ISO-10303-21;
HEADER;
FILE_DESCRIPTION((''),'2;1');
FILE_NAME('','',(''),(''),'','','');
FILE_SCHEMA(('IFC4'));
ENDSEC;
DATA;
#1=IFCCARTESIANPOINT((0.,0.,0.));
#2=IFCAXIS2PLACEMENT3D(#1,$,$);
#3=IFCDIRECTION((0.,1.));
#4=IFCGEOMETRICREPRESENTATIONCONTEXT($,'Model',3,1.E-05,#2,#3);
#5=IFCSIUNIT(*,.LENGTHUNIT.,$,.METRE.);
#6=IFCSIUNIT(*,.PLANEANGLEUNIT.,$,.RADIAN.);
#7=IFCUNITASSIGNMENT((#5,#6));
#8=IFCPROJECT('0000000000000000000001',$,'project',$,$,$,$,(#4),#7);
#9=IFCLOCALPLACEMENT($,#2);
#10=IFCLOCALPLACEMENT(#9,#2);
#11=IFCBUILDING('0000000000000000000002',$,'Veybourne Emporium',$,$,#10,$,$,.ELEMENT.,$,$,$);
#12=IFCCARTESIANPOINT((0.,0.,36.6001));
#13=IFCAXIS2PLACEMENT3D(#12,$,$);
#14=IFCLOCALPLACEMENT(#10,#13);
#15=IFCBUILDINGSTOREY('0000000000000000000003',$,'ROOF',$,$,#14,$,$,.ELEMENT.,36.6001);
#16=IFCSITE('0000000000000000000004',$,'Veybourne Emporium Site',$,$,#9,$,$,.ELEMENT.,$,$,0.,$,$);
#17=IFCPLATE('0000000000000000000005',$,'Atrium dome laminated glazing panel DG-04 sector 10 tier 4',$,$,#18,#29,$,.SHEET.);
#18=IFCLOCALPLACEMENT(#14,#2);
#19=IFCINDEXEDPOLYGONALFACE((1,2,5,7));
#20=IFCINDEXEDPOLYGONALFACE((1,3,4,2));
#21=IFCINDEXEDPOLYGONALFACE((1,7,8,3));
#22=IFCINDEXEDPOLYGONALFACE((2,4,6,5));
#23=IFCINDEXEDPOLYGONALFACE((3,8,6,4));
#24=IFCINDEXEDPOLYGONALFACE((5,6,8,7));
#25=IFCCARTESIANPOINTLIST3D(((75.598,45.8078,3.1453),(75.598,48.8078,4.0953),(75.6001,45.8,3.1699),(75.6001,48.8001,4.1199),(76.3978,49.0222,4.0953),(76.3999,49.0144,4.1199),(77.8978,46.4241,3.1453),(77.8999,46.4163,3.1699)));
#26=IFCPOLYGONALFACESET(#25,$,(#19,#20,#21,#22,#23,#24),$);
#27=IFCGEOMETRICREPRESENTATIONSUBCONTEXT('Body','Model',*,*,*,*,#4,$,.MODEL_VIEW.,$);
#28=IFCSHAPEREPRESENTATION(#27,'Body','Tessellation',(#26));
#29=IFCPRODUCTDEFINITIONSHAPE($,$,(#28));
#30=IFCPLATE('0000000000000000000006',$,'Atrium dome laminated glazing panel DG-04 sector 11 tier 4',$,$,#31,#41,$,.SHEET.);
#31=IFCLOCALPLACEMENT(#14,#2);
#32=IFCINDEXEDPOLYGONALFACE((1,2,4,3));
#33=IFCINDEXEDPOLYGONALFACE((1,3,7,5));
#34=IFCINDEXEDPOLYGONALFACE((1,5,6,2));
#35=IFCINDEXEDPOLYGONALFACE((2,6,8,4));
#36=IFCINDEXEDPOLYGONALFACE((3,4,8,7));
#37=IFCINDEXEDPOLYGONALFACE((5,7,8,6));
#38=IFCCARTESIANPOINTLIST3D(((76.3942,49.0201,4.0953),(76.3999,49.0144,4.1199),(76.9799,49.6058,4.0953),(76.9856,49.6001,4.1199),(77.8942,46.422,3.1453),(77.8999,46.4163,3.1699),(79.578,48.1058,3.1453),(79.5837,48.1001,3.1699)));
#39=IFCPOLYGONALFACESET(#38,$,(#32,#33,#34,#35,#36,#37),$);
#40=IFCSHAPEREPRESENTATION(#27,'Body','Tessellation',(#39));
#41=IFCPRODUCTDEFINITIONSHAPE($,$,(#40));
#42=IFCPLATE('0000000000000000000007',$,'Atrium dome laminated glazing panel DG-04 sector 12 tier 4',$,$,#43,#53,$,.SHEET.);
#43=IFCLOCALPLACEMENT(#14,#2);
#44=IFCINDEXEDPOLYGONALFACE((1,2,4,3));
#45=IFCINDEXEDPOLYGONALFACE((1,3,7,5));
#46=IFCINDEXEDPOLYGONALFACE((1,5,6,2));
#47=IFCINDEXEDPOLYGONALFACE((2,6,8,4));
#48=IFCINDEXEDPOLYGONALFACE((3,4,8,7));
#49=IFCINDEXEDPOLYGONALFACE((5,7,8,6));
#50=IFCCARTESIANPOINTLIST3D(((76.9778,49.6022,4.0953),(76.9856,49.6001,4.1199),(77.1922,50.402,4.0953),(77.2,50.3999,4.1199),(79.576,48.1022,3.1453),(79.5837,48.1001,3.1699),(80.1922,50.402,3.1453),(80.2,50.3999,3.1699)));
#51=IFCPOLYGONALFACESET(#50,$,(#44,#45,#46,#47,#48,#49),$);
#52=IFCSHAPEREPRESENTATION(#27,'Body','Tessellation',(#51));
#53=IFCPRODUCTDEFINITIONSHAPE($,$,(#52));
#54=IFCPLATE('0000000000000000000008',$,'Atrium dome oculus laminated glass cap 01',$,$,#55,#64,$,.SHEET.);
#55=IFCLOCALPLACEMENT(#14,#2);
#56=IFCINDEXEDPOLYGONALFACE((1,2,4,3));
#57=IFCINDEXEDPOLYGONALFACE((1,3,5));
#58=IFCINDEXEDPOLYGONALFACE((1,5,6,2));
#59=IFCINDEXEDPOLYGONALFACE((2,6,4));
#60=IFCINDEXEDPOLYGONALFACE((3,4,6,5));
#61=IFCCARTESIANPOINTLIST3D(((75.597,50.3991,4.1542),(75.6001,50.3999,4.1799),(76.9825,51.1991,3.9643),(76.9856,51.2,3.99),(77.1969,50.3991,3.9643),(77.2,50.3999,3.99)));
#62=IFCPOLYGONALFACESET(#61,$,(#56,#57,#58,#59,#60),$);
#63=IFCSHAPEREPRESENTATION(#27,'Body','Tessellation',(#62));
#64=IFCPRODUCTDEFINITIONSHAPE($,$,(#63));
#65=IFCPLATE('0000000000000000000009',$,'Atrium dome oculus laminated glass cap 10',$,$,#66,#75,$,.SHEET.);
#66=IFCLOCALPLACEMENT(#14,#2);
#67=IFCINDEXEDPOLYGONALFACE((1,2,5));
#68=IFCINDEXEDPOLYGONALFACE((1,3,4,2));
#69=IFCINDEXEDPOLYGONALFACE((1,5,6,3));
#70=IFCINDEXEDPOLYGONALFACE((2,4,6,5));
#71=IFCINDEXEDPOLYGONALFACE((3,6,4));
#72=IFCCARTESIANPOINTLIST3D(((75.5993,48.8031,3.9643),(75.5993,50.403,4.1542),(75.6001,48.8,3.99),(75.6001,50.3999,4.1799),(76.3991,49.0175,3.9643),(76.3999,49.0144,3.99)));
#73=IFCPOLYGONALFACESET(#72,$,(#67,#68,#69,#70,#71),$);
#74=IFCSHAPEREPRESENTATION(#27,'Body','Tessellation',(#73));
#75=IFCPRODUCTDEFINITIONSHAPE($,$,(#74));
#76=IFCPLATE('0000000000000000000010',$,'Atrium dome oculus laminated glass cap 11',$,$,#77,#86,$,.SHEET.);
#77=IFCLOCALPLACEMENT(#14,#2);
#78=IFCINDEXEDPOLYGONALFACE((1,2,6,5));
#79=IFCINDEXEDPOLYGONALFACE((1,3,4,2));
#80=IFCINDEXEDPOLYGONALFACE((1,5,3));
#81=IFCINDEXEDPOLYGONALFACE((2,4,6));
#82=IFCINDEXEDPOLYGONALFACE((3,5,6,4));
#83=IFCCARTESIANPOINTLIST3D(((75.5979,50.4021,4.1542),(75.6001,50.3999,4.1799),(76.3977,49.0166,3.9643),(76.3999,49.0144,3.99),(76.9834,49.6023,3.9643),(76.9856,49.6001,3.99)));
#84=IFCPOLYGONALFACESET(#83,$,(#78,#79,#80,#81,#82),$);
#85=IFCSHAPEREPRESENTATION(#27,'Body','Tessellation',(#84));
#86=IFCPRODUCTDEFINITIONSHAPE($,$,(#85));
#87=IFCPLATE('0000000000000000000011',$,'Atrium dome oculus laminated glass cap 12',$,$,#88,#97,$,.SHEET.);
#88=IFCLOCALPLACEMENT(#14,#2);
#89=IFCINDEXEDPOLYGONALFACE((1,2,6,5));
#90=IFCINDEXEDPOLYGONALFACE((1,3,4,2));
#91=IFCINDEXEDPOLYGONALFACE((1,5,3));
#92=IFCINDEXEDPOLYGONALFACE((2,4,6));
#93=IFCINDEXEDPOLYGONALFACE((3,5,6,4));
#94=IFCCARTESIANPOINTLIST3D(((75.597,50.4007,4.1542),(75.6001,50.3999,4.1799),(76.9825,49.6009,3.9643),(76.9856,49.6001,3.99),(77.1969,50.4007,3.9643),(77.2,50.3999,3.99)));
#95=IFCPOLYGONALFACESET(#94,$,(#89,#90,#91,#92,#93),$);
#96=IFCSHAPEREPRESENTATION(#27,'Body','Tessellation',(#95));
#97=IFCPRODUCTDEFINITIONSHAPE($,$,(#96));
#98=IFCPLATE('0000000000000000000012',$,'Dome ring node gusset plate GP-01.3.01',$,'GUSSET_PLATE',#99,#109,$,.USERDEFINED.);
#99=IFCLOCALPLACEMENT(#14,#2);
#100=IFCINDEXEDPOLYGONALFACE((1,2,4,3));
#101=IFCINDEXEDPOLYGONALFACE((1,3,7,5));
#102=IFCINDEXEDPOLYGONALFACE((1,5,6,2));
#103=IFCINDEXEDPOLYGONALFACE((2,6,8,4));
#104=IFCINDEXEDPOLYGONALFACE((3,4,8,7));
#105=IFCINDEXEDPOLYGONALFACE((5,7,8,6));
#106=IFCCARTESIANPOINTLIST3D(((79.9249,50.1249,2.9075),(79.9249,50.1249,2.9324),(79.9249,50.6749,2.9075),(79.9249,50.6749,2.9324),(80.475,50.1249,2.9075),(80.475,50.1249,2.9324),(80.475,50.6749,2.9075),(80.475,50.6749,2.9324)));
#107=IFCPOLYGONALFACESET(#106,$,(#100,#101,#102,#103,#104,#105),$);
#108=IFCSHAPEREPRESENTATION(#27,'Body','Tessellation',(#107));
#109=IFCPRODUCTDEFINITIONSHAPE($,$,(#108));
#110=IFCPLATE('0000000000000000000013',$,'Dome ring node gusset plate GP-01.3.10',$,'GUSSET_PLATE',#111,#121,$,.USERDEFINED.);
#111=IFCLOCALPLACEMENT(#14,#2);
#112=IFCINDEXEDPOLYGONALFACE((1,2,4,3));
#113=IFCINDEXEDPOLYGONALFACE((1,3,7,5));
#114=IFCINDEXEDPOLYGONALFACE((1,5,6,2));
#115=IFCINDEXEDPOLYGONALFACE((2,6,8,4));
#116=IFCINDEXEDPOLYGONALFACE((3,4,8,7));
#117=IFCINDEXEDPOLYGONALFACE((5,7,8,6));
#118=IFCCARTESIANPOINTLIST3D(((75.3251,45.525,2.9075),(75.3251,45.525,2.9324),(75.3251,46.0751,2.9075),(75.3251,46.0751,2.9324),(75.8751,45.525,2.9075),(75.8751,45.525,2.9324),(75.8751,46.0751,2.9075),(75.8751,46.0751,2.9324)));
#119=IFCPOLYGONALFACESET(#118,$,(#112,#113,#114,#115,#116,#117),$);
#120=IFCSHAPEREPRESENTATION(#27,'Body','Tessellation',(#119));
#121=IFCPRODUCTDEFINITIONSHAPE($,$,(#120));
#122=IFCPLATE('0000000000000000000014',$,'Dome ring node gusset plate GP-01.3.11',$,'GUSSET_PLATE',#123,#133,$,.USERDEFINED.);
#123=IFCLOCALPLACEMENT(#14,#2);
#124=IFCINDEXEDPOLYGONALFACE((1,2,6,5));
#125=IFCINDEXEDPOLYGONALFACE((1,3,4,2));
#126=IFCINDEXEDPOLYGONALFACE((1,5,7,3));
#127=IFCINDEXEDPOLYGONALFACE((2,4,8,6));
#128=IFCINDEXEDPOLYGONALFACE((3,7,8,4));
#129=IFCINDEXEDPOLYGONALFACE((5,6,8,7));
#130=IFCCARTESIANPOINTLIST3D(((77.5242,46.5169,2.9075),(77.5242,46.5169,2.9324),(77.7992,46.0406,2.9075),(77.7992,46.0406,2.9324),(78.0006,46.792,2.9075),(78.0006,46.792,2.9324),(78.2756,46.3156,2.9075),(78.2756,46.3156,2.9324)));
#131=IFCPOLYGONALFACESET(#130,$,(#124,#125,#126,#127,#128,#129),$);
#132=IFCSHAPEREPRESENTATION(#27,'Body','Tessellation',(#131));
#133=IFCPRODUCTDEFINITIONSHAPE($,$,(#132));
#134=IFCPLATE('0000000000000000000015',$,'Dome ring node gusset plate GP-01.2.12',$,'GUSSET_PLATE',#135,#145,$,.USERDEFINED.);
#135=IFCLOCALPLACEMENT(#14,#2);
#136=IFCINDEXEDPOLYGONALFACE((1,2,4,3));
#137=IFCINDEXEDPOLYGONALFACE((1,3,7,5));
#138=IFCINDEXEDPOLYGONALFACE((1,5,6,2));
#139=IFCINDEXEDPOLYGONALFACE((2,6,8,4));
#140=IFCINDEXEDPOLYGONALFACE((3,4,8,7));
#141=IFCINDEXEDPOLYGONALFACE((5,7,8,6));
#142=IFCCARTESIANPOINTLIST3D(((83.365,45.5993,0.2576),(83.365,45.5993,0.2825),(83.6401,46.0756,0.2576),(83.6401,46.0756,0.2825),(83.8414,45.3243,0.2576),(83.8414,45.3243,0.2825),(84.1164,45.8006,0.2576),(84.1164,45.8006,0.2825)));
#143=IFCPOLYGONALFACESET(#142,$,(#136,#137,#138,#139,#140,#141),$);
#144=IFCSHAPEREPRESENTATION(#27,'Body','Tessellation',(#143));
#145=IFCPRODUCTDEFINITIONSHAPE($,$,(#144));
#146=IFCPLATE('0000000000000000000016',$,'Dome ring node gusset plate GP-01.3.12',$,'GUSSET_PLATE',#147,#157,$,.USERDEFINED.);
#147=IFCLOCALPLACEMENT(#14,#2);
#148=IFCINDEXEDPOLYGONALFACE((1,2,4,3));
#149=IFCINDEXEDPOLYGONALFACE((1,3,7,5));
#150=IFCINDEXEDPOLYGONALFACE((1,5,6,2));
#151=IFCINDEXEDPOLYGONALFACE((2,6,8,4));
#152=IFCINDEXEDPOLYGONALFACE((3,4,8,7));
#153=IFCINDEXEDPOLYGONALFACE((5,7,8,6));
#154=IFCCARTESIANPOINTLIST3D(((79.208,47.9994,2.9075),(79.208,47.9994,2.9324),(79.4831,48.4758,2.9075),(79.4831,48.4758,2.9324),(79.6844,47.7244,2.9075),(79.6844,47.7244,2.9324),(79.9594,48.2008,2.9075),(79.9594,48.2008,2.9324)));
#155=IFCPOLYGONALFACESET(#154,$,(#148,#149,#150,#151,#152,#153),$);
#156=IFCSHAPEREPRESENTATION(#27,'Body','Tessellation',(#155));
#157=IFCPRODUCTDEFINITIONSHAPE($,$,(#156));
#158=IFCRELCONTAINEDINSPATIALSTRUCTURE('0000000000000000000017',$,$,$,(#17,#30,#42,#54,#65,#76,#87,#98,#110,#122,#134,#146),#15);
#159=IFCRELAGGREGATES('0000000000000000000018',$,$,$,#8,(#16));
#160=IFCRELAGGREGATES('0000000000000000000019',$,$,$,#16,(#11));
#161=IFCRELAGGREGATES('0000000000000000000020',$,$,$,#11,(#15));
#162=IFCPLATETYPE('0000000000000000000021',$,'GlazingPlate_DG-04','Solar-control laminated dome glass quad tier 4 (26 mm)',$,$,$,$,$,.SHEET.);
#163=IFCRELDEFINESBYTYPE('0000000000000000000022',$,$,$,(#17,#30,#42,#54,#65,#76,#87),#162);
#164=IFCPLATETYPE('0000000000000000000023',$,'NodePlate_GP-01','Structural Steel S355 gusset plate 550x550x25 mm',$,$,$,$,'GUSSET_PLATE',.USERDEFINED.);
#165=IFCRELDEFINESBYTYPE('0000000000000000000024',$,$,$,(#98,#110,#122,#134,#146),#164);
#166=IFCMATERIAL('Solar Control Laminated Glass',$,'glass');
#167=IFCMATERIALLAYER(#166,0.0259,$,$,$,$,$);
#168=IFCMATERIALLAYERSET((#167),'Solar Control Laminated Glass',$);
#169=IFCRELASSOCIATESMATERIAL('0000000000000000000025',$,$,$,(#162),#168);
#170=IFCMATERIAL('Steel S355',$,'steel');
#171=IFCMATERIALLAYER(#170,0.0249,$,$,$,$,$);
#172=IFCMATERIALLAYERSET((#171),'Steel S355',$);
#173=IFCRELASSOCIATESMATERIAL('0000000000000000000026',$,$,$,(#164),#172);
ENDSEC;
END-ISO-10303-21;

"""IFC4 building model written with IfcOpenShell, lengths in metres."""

from ifc_helpers import new_model, si_unit, direction, frame, origin, origin_2d, place, context, subcontext, project, spatial, polyline, rectangle, outline, extrude, material, layer, layer_set, type_object, element, save


model = new_model("IFC4")

# Units and contexts
model_context = context("Model", 3, precision=1e-05, world=origin(), true_north=direction((0.0, 1.0)))
body_context = subcontext(model_context, "Body", "Model", "MODEL_VIEW")
ifc_project = project(units=[si_unit("LENGTHUNIT", "METRE"), si_unit("PLANEANGLEUNIT", "RADIAN")], contexts=[model_context])

# Site, building, storey
site_placement = place(None, origin())
site = spatial("IfcSite", under=ifc_project, at=site_placement, Name="Veybourne Emporium Site", CompositionType="ELEMENT", RefElevation=0.0)
building_placement = place(site_placement, origin())
building = spatial("IfcBuilding", under=site, at=building_placement, Name="Veybourne Emporium", CompositionType="ELEMENT")
storey_placement = place(building_placement, frame((0.0, 0.0, 36.6001)))
storey = spatial("IfcBuildingStorey", under=building, at=storey_placement, Name="ROOF", CompositionType="ELEMENT", Elevation=36.6001)

# Shared definitions
ifc_material_1 = material(Name="Steel S355", Category="steel")

# Plates
ifc_material_2 = material(Name="Solar Control Laminated Glass", Category="glass")
ifc_layer_1 = layer(ifc_material_2, 0.0259)
ifc_layer_set_1 = layer_set([ifc_layer_1], Name="Solar Control Laminated Glass")
plate_type_1 = type_object("IfcPlateType", Name="GlazingPlate_DG-04", Description="Solar-control laminated dome glass quad tier 4 (26 mm)", PredefinedType="SHEET", material=ifc_layer_set_1)
plate_1_placement = place(storey_placement, frame((75.6001, 45.8, 3.1699), z_axis=(0.080626, -0.300891, 0.950244), x_axis=(0.965927, 0.258813, -0.000005)))
element("IfcPlate", 1, at=plate_1_placement, inside=storey, type_object=plate_type_1, Name="Atrium dome laminated glazing panel DG-04 sector 10 tier 4", PredefinedType="SHEET", context=body_context, shape_type="SweptSolid", body=[
    extrude(outline(polyline([(0.0, 0.0), (2.3809, 0.0), (1.6045, 3.0496), (0.7764, 3.0495), (0.0, 0.0)])), origin(), (0.0, 0.0, -1.0), 0.0259),
])
plate_2_placement = place(storey_placement, frame((77.8999, 46.4163, 3.1699), z_axis=(0.220267, -0.220267, 0.950245), x_axis=(0.707107, 0.707107, 0.0)))
element("IfcPlate", 2, at=plate_2_placement, inside=storey, type_object=plate_type_1, Name="Atrium dome laminated glazing panel DG-04 sector 11 tier 4", PredefinedType="SHEET", context=body_context, shape_type="SweptSolid", body=[
    extrude(outline(polyline([(0.0, 0.0), (2.3813, 0.0), (1.6048, 3.0496), (0.7765, 3.0496), (0.0, 0.0)])), origin(), (0.0, 0.0, -1.0), 0.0259),
])
plate_3_placement = place(storey_placement, frame((79.5837, 48.1001, 3.1699), z_axis=(0.300891, -0.080626, 0.950244), x_axis=(0.258813, 0.965927, 0.000005)))
element("IfcPlate", 3, at=plate_3_placement, inside=storey, type_object=plate_type_1, Name="Atrium dome laminated glazing panel DG-04 sector 12 tier 4", PredefinedType="SHEET", context=body_context, shape_type="SweptSolid", body=[
    extrude(outline(polyline([(0.0, 0.0), (2.3809, 0.0), (1.6045, 3.0495), (0.7765, 3.0496), (0.0, 0.0)])), origin(), (0.0, 0.0, -1.0), 0.0259),
])
plate_4_placement = place(storey_placement, frame((77.2, 50.3999, 3.99), z_axis=(0.117837, 0.031572, 0.992531), x_axis=(-0.2588, 0.965931, 0.0)))
element("IfcPlate", 4, at=plate_4_placement, inside=storey, type_object=plate_type_1, Name="Atrium dome oculus laminated glass cap 01", PredefinedType="SHEET", context=body_context, shape_type="SweptSolid", body=[
    extrude(outline(polyline([(0.0, 0.0), (0.8283, 0.0), (0.414, 1.557), (0.0, 0.0)])), origin(), (0.0, 0.0, -1.0), 0.0259),
])
plate_5_placement = place(storey_placement, frame((75.6001, 48.8, 3.99), z_axis=(0.031582, -0.117837, 0.992531), x_axis=(0.965911, 0.258874, 0.0)))
element("IfcPlate", 5, at=plate_5_placement, inside=storey, type_object=plate_type_1, Name="Atrium dome oculus laminated glass cap 10", PredefinedType="SHEET", context=body_context, shape_type="SweptSolid", body=[
    extrude(outline(polyline([(0.0, 0.0), (0.828, 0.0), (0.4142, 1.5569), (0.0, 0.0)])), origin(), (0.0, 0.0, -1.0), 0.0259),
])
plate_6_placement = place(storey_placement, frame((76.3999, 49.0144, 3.99), z_axis=(0.086268, -0.086268, 0.99253), x_axis=(0.707107, 0.707107, 0.0)))
element("IfcPlate", 6, at=plate_6_placement, inside=storey, type_object=plate_type_1, Name="Atrium dome oculus laminated glass cap 11", PredefinedType="SHEET", context=body_context, shape_type="SweptSolid", body=[
    extrude(outline(polyline([(0.0, 0.0), (0.8283, 0.0), (0.4141, 1.5569), (0.0, 0.0)])), origin(), (0.0, 0.0, -1.0), 0.0259),
])
plate_7_placement = place(storey_placement, frame((76.9856, 49.6001, 3.99), z_axis=(0.117837, -0.031582, 0.992531), x_axis=(0.258874, 0.965911, 0.0)))
element("IfcPlate", 7, at=plate_7_placement, inside=storey, type_object=plate_type_1, Name="Atrium dome oculus laminated glass cap 12", PredefinedType="SHEET", context=body_context, shape_type="SweptSolid", body=[
    extrude(outline(polyline([(0.0, 0.0), (0.828, 0.0), (0.4139, 1.5569), (0.0, 0.0)])), origin(), (0.0, 0.0, -1.0), 0.0259),
])
ifc_layer_2 = layer(ifc_material_1, 0.0249)
ifc_layer_set_2 = layer_set([ifc_layer_2], Name="Steel S355")
plate_type_2 = type_object("IfcPlateType", Name="NodePlate_GP-01", Description="Structural Steel S355 gusset plate 550x550x25 mm", ElementType="GUSSET_PLATE", PredefinedType="USERDEFINED", material=ifc_layer_set_2)
for number, where, z_axis, x_axis, name in (
    (8, (80.2, 50.3999, 2.9075), (0.0, 0.0, 1.0), (1.0, 0.0, 0.0), "Dome ring node gusset plate GP-01.3.01"),
    (9, (75.6001, 45.8, 2.9075), (0.0, 0.0, 1.0), (0.0, -1.0, 0.0), "Dome ring node gusset plate GP-01.3.10"),
    (10, (77.8999, 46.4163, 2.9075), (0.0, 0.0, 1.0), (0.5, -0.866025, 0.0), "Dome ring node gusset plate GP-01.3.11"),
    (11, (83.7407, 45.7, 0.2576), (0.0, 0.0, 1.0), (0.866025, -0.5, 0.0), "Dome ring node gusset plate GP-01.2.12"),
    (12, (79.5837, 48.1001, 2.9075), (0.0, 0.0, 1.0), (0.866025, -0.5, 0.0), "Dome ring node gusset plate GP-01.3.12"),
):
    element("IfcPlate", number, at=place(storey_placement, frame(where, z_axis=z_axis, x_axis=x_axis)), inside=storey, type_object=plate_type_2, Name=name, ObjectType="GUSSET_PLATE", PredefinedType="USERDEFINED", context=body_context, shape_type="SweptSolid", body=[
        extrude(rectangle(XDim=0.55, YDim=0.55, at=origin_2d()), origin(), (0.0, 0.0, 1.0), 0.0249),
    ])

save(model, "model.ifc")
